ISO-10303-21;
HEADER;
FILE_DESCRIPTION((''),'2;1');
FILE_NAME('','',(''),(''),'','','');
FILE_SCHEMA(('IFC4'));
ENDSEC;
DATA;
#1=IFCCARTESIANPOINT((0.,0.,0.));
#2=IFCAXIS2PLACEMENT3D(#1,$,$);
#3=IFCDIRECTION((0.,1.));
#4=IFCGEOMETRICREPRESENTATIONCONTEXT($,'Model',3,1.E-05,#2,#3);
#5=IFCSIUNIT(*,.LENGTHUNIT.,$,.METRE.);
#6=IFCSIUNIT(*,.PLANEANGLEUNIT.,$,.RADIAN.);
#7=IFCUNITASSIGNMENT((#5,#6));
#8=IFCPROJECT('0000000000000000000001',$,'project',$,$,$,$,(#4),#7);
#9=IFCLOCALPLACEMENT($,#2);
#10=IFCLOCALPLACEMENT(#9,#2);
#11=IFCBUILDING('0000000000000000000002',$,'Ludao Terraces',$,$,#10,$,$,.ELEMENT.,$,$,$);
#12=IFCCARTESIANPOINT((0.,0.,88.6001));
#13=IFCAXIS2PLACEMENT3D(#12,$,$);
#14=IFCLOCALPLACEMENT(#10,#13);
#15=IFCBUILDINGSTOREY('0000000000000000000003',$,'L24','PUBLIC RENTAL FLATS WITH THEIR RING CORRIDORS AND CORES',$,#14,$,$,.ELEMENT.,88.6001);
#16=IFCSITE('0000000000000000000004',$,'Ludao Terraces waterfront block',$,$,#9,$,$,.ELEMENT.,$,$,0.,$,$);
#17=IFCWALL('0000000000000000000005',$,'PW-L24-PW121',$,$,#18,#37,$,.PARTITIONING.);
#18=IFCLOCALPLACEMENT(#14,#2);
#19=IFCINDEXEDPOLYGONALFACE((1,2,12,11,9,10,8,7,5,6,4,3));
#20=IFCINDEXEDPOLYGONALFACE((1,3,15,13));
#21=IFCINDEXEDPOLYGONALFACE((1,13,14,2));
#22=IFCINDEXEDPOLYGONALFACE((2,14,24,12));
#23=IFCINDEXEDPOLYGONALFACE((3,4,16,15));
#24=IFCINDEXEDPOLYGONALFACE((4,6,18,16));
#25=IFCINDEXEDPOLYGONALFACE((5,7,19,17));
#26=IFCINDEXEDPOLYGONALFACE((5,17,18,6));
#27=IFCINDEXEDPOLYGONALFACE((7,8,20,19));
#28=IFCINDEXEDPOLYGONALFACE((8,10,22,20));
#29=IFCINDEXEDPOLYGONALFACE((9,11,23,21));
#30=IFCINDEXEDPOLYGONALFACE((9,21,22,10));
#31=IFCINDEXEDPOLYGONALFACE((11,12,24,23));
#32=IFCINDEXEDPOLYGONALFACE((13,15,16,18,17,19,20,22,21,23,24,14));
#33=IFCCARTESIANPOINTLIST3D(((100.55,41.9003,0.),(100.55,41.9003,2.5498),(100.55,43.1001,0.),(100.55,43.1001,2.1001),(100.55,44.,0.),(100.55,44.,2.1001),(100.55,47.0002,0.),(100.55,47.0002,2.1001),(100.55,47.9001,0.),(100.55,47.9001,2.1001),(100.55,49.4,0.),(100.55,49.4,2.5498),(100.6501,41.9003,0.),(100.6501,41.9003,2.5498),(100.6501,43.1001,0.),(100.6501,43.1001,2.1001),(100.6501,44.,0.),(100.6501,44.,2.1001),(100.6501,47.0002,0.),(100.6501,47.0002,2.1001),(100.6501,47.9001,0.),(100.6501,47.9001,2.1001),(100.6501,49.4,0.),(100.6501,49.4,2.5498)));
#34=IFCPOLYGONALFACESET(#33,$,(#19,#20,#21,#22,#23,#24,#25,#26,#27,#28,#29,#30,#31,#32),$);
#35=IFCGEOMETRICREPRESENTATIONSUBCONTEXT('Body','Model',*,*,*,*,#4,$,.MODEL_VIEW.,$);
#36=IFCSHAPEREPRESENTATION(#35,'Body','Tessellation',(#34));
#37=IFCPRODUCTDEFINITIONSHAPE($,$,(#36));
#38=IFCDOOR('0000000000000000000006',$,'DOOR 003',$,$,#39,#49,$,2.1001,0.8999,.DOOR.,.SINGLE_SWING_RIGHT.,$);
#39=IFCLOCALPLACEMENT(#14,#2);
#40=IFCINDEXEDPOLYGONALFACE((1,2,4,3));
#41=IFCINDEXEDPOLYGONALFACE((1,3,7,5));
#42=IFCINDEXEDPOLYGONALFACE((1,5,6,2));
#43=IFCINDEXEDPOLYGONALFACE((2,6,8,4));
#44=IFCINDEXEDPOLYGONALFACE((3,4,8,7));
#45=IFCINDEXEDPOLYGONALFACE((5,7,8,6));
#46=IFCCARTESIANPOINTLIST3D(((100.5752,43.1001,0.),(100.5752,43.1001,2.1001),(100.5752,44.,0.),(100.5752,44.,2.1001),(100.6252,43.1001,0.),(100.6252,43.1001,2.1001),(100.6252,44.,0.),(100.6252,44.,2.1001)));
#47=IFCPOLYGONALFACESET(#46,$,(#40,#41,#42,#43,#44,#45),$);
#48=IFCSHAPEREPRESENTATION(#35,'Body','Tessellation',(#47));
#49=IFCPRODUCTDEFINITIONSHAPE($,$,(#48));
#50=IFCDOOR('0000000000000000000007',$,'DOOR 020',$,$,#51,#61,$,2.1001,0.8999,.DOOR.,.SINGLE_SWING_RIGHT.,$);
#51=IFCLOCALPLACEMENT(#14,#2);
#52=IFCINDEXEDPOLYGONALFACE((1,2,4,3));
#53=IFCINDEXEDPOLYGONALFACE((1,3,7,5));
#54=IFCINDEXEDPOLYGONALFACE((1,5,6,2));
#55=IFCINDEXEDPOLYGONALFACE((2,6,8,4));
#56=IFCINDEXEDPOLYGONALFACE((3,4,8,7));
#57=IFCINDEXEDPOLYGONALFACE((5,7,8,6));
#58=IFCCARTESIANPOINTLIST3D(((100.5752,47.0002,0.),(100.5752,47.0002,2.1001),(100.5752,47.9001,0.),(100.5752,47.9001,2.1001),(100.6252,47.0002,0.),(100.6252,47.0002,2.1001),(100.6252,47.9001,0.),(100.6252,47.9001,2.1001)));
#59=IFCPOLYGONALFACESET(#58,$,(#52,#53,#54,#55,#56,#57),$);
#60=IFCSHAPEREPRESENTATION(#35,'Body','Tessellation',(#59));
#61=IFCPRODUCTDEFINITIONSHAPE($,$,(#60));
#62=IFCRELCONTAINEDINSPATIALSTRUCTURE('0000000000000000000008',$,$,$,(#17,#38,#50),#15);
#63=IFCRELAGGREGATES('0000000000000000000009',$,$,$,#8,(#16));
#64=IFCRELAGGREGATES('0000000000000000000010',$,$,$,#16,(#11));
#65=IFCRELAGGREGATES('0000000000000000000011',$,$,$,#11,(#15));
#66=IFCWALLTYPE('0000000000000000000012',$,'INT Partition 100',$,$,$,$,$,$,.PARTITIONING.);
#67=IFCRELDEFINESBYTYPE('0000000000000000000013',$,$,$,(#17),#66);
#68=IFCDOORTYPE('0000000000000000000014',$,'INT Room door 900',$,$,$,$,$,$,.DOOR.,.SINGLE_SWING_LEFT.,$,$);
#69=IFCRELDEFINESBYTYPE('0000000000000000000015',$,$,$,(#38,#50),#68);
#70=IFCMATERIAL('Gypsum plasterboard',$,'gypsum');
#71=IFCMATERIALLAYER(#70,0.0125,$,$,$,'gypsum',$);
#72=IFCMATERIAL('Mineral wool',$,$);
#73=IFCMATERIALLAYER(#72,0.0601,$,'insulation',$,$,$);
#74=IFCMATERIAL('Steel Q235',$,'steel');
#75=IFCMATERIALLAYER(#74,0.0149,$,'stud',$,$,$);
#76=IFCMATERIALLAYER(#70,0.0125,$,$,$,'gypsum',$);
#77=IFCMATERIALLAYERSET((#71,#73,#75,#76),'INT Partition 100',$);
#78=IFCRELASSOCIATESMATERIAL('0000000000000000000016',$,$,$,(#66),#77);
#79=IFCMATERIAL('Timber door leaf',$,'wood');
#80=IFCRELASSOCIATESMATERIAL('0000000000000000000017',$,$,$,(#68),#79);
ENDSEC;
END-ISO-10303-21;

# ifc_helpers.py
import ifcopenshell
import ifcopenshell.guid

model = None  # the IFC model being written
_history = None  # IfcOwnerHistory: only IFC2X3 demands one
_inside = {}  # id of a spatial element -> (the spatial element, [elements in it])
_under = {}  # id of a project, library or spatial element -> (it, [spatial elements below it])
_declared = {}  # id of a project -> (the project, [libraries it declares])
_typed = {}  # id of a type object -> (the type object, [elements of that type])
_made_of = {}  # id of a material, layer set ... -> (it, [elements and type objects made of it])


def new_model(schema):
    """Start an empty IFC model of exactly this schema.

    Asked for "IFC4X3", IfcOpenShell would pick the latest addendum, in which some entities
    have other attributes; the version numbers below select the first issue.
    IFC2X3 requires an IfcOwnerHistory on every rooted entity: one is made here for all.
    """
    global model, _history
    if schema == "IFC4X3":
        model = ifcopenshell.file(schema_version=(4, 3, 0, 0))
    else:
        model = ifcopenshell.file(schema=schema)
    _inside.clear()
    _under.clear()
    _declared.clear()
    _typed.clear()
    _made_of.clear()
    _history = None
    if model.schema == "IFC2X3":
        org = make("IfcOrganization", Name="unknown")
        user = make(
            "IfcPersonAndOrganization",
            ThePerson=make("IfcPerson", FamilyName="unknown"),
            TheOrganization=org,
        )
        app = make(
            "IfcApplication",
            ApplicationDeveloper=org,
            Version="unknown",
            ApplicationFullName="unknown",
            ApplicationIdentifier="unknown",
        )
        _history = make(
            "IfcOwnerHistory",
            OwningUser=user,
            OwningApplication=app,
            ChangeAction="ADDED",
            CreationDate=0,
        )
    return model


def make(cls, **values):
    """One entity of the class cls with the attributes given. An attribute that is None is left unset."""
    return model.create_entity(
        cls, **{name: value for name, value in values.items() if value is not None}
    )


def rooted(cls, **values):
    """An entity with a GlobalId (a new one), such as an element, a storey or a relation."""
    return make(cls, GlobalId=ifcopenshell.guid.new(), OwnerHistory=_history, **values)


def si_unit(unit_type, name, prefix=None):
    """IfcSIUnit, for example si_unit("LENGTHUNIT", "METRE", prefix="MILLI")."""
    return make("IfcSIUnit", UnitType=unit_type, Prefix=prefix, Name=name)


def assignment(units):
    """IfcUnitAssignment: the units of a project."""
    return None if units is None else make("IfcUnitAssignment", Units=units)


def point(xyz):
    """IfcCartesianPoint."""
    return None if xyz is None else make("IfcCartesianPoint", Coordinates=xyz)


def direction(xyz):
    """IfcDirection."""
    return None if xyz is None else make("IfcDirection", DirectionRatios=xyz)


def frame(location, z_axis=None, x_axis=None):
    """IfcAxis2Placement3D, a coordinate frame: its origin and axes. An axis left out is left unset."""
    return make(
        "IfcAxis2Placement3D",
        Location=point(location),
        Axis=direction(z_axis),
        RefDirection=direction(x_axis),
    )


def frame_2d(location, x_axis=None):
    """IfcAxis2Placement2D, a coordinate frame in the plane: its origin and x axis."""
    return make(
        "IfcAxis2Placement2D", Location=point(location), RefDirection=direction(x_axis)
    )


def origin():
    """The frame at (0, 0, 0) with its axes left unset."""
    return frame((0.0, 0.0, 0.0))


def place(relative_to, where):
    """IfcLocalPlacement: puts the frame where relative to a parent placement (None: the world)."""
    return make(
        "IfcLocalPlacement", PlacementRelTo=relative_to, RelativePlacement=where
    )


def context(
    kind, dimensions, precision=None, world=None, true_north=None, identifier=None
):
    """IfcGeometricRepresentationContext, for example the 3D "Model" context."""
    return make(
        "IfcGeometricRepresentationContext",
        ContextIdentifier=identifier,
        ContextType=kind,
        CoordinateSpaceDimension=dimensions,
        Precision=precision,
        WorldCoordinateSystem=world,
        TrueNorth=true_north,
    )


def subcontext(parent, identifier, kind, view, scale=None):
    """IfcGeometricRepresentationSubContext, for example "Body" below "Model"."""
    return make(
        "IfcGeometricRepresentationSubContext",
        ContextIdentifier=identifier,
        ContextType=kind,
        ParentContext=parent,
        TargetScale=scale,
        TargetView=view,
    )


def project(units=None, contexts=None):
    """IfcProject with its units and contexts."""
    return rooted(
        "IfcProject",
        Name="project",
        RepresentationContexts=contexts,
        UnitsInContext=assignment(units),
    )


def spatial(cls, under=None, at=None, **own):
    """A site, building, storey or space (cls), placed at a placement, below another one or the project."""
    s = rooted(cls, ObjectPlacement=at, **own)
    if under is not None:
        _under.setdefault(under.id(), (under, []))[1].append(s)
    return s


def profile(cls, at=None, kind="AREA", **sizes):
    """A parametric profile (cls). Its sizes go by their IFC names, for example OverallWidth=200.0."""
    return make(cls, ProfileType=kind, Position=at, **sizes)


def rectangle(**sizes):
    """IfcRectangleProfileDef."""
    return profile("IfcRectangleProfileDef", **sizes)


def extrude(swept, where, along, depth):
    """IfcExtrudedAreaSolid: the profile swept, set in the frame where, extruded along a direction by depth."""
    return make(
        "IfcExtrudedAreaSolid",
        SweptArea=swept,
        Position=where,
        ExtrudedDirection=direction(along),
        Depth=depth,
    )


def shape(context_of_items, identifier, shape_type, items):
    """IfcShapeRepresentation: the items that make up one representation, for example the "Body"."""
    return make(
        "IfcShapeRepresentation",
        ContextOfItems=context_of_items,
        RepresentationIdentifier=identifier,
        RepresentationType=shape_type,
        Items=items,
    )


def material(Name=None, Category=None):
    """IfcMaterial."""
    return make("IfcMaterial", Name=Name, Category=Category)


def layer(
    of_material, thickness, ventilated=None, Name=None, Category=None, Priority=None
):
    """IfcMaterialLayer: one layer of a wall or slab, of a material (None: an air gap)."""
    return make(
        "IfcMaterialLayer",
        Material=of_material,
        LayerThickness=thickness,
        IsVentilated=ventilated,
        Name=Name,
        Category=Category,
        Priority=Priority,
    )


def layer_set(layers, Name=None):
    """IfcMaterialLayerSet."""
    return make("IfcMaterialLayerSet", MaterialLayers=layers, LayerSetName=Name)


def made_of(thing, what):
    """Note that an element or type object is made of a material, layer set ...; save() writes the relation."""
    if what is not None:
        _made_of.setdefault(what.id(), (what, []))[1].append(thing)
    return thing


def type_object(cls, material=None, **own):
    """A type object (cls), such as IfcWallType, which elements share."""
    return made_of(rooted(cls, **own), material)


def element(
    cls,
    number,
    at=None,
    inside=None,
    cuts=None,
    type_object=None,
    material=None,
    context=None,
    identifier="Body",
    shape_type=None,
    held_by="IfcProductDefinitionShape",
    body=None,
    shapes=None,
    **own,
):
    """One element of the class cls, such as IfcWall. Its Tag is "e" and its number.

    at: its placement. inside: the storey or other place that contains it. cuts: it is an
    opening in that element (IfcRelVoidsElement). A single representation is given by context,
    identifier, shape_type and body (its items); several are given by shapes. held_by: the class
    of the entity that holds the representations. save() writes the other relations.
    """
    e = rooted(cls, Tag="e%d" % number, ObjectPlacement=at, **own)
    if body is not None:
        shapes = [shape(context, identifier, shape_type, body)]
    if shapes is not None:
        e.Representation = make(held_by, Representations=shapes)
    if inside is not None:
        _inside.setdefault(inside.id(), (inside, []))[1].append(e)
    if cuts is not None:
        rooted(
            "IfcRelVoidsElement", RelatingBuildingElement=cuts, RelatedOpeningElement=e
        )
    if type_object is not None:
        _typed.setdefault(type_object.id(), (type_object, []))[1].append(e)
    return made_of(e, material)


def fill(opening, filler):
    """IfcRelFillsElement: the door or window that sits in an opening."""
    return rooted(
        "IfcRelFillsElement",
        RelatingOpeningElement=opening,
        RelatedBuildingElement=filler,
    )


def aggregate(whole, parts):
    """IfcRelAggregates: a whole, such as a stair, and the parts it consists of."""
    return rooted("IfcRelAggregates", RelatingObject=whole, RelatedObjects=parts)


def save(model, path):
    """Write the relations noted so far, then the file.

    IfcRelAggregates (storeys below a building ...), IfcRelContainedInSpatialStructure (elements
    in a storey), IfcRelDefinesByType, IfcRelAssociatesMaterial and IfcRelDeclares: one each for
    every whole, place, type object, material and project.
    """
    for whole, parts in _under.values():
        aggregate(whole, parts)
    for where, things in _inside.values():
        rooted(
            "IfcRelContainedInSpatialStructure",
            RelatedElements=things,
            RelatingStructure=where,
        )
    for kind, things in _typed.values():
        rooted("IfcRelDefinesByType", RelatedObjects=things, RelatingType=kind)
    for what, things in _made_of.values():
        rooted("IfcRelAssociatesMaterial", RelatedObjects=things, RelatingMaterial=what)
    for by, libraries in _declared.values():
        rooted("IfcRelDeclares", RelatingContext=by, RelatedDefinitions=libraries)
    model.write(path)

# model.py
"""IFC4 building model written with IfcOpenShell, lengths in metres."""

from ifc_helpers import new_model, si_unit, direction, frame, frame_2d, origin, place, context, subcontext, project, spatial, rectangle, extrude, material, layer, layer_set, type_object, element, fill, save


model = new_model("IFC4")

# Units and contexts
model_context = context("Model", 3, precision=1e-05, world=origin(), true_north=direction((0.0, 1.0)))
body_context = subcontext(model_context, "Body", "Model", "MODEL_VIEW")
ifc_project = project(units=[si_unit("LENGTHUNIT", "METRE"), si_unit("PLANEANGLEUNIT", "RADIAN")], contexts=[model_context])

# Site, building, storey
site_placement = place(None, origin())
site = spatial("IfcSite", under=ifc_project, at=site_placement, Name="Ludao Terraces waterfront block", CompositionType="ELEMENT", RefElevation=0.0)
building_placement = place(site_placement, origin())
building = spatial("IfcBuilding", under=site, at=building_placement, Name="Ludao Terraces", CompositionType="ELEMENT")
storey_placement = place(building_placement, frame((0.0, 0.0, 88.6001)))
storey = spatial("IfcBuildingStorey", under=building, at=storey_placement, Name="L24", Description="PUBLIC RENTAL FLATS WITH THEIR RING CORRIDORS AND CORES", CompositionType="ELEMENT", Elevation=88.6001)

# Shared definitions
ifc_material_1 = material(Name="Gypsum plasterboard", Category="gypsum")
ifc_layer_1 = layer(ifc_material_1, 0.0125, Category="gypsum")
ifc_material_2 = material(Name="Mineral wool")
ifc_layer_2 = layer(ifc_material_2, 0.0601, Name="insulation")
ifc_material_3 = material(Name="Steel Q235", Category="steel")
ifc_layer_3 = layer(ifc_material_3, 0.0149, Name="stud")
ifc_layer_4 = layer(ifc_material_1, 0.0125, Category="gypsum")
ifc_layer_set = layer_set([ifc_layer_1, ifc_layer_2, ifc_layer_3, ifc_layer_4], Name="INT Partition 100")
wall_type = type_object("IfcWallType", Name="INT Partition 100", PredefinedType="PARTITIONING", material=ifc_layer_set)

# Wall, openings, doors
ifc_material_4 = material(Name="Timber door leaf", Category="wood")
door_type_1 = type_object("IfcDoorType", Name="INT Room door 900", OperationType="SINGLE_SWING_LEFT", PredefinedType="DOOR", material=ifc_material_4)
wall_1_placement = place(storey_placement, frame((100.6001, 41.9001, 0.0), z_axis=(0.0, 0.0, 1.0), x_axis=(0.0, 1.0, 0.0)))
wall_1 = element("IfcWall", 1, at=wall_1_placement, inside=storey, type_object=wall_type, Name="PW-L24-PW121", PredefinedType="PARTITIONING", context=body_context, shape_type="SweptSolid", body=[
    extrude(rectangle(XDim=7.4998, YDim=0.1001, at=frame_2d((3.75, 0.0))), origin(), (0.0, 0.0, 1.0), 2.5498),
])
opening_1_placement = place(wall_1_placement, frame((1.2, 0.0, 0.0)))
opening_1 = element("IfcOpeningElement", 2, at=opening_1_placement, cuts=wall_1, PredefinedType="OPENING", context=body_context, shape_type="SweptSolid", body=[
    extrude(rectangle(XDim=0.8999, YDim=2.1001, at=frame_2d((0.45, 1.05))), frame((0.0, 0.0601, 0.0), z_axis=(0.0, -1.0, 0.0), x_axis=(1.0, 0.0, 0.0)), (0.0, 0.0, 1.0), 0.1201),
])
opening_2_placement = place(wall_1_placement, frame((5.1001, 0.0, 0.0)))
opening_2 = element("IfcOpeningElement", 3, at=opening_2_placement, cuts=wall_1, PredefinedType="OPENING", context=body_context, shape_type="SweptSolid", body=[
    extrude(rectangle(XDim=0.8999, YDim=2.1001, at=frame_2d((0.45, 1.05))), frame((0.0, 0.0601, 0.0), z_axis=(0.0, -1.0, 0.0), x_axis=(1.0, 0.0, 0.0)), (0.0, 0.0, 1.0), 0.1201),
])
door_1_placement = place(opening_1_placement, origin())
door_1 = element("IfcDoor", 4, at=door_1_placement, inside=storey, type_object=door_type_1, Name="DOOR 003", OperationType="SINGLE_SWING_RIGHT", OverallHeight=2.1001, OverallWidth=0.8999, PredefinedType="DOOR", context=body_context, shape_type="SweptSolid", body=[
    extrude(rectangle(XDim=0.8999, YDim=2.1001, at=frame_2d((0.45, 1.05))), frame((0.0, 0.0249, 0.0), z_axis=(0.0, -1.0, 0.0), x_axis=(1.0, 0.0, 0.0)), (0.0, 0.0, 1.0), 0.05),
])
fill(opening_1, door_1)
door_2_placement = place(opening_2_placement, origin())
door_2 = element("IfcDoor", 5, at=door_2_placement, inside=storey, type_object=door_type_1, Name="DOOR 020", OperationType="SINGLE_SWING_RIGHT", OverallHeight=2.1001, OverallWidth=0.8999, PredefinedType="DOOR", context=body_context, shape_type="SweptSolid", body=[
    extrude(rectangle(XDim=0.8999, YDim=2.1001, at=frame_2d((0.45, 1.05))), frame((0.0, 0.0249, 0.0), z_axis=(0.0, -1.0, 0.0), x_axis=(1.0, 0.0, 0.0)), (0.0, 0.0, 1.0), 0.05),
])
fill(opening_2, door_2)

save(model, "model.ifc")
